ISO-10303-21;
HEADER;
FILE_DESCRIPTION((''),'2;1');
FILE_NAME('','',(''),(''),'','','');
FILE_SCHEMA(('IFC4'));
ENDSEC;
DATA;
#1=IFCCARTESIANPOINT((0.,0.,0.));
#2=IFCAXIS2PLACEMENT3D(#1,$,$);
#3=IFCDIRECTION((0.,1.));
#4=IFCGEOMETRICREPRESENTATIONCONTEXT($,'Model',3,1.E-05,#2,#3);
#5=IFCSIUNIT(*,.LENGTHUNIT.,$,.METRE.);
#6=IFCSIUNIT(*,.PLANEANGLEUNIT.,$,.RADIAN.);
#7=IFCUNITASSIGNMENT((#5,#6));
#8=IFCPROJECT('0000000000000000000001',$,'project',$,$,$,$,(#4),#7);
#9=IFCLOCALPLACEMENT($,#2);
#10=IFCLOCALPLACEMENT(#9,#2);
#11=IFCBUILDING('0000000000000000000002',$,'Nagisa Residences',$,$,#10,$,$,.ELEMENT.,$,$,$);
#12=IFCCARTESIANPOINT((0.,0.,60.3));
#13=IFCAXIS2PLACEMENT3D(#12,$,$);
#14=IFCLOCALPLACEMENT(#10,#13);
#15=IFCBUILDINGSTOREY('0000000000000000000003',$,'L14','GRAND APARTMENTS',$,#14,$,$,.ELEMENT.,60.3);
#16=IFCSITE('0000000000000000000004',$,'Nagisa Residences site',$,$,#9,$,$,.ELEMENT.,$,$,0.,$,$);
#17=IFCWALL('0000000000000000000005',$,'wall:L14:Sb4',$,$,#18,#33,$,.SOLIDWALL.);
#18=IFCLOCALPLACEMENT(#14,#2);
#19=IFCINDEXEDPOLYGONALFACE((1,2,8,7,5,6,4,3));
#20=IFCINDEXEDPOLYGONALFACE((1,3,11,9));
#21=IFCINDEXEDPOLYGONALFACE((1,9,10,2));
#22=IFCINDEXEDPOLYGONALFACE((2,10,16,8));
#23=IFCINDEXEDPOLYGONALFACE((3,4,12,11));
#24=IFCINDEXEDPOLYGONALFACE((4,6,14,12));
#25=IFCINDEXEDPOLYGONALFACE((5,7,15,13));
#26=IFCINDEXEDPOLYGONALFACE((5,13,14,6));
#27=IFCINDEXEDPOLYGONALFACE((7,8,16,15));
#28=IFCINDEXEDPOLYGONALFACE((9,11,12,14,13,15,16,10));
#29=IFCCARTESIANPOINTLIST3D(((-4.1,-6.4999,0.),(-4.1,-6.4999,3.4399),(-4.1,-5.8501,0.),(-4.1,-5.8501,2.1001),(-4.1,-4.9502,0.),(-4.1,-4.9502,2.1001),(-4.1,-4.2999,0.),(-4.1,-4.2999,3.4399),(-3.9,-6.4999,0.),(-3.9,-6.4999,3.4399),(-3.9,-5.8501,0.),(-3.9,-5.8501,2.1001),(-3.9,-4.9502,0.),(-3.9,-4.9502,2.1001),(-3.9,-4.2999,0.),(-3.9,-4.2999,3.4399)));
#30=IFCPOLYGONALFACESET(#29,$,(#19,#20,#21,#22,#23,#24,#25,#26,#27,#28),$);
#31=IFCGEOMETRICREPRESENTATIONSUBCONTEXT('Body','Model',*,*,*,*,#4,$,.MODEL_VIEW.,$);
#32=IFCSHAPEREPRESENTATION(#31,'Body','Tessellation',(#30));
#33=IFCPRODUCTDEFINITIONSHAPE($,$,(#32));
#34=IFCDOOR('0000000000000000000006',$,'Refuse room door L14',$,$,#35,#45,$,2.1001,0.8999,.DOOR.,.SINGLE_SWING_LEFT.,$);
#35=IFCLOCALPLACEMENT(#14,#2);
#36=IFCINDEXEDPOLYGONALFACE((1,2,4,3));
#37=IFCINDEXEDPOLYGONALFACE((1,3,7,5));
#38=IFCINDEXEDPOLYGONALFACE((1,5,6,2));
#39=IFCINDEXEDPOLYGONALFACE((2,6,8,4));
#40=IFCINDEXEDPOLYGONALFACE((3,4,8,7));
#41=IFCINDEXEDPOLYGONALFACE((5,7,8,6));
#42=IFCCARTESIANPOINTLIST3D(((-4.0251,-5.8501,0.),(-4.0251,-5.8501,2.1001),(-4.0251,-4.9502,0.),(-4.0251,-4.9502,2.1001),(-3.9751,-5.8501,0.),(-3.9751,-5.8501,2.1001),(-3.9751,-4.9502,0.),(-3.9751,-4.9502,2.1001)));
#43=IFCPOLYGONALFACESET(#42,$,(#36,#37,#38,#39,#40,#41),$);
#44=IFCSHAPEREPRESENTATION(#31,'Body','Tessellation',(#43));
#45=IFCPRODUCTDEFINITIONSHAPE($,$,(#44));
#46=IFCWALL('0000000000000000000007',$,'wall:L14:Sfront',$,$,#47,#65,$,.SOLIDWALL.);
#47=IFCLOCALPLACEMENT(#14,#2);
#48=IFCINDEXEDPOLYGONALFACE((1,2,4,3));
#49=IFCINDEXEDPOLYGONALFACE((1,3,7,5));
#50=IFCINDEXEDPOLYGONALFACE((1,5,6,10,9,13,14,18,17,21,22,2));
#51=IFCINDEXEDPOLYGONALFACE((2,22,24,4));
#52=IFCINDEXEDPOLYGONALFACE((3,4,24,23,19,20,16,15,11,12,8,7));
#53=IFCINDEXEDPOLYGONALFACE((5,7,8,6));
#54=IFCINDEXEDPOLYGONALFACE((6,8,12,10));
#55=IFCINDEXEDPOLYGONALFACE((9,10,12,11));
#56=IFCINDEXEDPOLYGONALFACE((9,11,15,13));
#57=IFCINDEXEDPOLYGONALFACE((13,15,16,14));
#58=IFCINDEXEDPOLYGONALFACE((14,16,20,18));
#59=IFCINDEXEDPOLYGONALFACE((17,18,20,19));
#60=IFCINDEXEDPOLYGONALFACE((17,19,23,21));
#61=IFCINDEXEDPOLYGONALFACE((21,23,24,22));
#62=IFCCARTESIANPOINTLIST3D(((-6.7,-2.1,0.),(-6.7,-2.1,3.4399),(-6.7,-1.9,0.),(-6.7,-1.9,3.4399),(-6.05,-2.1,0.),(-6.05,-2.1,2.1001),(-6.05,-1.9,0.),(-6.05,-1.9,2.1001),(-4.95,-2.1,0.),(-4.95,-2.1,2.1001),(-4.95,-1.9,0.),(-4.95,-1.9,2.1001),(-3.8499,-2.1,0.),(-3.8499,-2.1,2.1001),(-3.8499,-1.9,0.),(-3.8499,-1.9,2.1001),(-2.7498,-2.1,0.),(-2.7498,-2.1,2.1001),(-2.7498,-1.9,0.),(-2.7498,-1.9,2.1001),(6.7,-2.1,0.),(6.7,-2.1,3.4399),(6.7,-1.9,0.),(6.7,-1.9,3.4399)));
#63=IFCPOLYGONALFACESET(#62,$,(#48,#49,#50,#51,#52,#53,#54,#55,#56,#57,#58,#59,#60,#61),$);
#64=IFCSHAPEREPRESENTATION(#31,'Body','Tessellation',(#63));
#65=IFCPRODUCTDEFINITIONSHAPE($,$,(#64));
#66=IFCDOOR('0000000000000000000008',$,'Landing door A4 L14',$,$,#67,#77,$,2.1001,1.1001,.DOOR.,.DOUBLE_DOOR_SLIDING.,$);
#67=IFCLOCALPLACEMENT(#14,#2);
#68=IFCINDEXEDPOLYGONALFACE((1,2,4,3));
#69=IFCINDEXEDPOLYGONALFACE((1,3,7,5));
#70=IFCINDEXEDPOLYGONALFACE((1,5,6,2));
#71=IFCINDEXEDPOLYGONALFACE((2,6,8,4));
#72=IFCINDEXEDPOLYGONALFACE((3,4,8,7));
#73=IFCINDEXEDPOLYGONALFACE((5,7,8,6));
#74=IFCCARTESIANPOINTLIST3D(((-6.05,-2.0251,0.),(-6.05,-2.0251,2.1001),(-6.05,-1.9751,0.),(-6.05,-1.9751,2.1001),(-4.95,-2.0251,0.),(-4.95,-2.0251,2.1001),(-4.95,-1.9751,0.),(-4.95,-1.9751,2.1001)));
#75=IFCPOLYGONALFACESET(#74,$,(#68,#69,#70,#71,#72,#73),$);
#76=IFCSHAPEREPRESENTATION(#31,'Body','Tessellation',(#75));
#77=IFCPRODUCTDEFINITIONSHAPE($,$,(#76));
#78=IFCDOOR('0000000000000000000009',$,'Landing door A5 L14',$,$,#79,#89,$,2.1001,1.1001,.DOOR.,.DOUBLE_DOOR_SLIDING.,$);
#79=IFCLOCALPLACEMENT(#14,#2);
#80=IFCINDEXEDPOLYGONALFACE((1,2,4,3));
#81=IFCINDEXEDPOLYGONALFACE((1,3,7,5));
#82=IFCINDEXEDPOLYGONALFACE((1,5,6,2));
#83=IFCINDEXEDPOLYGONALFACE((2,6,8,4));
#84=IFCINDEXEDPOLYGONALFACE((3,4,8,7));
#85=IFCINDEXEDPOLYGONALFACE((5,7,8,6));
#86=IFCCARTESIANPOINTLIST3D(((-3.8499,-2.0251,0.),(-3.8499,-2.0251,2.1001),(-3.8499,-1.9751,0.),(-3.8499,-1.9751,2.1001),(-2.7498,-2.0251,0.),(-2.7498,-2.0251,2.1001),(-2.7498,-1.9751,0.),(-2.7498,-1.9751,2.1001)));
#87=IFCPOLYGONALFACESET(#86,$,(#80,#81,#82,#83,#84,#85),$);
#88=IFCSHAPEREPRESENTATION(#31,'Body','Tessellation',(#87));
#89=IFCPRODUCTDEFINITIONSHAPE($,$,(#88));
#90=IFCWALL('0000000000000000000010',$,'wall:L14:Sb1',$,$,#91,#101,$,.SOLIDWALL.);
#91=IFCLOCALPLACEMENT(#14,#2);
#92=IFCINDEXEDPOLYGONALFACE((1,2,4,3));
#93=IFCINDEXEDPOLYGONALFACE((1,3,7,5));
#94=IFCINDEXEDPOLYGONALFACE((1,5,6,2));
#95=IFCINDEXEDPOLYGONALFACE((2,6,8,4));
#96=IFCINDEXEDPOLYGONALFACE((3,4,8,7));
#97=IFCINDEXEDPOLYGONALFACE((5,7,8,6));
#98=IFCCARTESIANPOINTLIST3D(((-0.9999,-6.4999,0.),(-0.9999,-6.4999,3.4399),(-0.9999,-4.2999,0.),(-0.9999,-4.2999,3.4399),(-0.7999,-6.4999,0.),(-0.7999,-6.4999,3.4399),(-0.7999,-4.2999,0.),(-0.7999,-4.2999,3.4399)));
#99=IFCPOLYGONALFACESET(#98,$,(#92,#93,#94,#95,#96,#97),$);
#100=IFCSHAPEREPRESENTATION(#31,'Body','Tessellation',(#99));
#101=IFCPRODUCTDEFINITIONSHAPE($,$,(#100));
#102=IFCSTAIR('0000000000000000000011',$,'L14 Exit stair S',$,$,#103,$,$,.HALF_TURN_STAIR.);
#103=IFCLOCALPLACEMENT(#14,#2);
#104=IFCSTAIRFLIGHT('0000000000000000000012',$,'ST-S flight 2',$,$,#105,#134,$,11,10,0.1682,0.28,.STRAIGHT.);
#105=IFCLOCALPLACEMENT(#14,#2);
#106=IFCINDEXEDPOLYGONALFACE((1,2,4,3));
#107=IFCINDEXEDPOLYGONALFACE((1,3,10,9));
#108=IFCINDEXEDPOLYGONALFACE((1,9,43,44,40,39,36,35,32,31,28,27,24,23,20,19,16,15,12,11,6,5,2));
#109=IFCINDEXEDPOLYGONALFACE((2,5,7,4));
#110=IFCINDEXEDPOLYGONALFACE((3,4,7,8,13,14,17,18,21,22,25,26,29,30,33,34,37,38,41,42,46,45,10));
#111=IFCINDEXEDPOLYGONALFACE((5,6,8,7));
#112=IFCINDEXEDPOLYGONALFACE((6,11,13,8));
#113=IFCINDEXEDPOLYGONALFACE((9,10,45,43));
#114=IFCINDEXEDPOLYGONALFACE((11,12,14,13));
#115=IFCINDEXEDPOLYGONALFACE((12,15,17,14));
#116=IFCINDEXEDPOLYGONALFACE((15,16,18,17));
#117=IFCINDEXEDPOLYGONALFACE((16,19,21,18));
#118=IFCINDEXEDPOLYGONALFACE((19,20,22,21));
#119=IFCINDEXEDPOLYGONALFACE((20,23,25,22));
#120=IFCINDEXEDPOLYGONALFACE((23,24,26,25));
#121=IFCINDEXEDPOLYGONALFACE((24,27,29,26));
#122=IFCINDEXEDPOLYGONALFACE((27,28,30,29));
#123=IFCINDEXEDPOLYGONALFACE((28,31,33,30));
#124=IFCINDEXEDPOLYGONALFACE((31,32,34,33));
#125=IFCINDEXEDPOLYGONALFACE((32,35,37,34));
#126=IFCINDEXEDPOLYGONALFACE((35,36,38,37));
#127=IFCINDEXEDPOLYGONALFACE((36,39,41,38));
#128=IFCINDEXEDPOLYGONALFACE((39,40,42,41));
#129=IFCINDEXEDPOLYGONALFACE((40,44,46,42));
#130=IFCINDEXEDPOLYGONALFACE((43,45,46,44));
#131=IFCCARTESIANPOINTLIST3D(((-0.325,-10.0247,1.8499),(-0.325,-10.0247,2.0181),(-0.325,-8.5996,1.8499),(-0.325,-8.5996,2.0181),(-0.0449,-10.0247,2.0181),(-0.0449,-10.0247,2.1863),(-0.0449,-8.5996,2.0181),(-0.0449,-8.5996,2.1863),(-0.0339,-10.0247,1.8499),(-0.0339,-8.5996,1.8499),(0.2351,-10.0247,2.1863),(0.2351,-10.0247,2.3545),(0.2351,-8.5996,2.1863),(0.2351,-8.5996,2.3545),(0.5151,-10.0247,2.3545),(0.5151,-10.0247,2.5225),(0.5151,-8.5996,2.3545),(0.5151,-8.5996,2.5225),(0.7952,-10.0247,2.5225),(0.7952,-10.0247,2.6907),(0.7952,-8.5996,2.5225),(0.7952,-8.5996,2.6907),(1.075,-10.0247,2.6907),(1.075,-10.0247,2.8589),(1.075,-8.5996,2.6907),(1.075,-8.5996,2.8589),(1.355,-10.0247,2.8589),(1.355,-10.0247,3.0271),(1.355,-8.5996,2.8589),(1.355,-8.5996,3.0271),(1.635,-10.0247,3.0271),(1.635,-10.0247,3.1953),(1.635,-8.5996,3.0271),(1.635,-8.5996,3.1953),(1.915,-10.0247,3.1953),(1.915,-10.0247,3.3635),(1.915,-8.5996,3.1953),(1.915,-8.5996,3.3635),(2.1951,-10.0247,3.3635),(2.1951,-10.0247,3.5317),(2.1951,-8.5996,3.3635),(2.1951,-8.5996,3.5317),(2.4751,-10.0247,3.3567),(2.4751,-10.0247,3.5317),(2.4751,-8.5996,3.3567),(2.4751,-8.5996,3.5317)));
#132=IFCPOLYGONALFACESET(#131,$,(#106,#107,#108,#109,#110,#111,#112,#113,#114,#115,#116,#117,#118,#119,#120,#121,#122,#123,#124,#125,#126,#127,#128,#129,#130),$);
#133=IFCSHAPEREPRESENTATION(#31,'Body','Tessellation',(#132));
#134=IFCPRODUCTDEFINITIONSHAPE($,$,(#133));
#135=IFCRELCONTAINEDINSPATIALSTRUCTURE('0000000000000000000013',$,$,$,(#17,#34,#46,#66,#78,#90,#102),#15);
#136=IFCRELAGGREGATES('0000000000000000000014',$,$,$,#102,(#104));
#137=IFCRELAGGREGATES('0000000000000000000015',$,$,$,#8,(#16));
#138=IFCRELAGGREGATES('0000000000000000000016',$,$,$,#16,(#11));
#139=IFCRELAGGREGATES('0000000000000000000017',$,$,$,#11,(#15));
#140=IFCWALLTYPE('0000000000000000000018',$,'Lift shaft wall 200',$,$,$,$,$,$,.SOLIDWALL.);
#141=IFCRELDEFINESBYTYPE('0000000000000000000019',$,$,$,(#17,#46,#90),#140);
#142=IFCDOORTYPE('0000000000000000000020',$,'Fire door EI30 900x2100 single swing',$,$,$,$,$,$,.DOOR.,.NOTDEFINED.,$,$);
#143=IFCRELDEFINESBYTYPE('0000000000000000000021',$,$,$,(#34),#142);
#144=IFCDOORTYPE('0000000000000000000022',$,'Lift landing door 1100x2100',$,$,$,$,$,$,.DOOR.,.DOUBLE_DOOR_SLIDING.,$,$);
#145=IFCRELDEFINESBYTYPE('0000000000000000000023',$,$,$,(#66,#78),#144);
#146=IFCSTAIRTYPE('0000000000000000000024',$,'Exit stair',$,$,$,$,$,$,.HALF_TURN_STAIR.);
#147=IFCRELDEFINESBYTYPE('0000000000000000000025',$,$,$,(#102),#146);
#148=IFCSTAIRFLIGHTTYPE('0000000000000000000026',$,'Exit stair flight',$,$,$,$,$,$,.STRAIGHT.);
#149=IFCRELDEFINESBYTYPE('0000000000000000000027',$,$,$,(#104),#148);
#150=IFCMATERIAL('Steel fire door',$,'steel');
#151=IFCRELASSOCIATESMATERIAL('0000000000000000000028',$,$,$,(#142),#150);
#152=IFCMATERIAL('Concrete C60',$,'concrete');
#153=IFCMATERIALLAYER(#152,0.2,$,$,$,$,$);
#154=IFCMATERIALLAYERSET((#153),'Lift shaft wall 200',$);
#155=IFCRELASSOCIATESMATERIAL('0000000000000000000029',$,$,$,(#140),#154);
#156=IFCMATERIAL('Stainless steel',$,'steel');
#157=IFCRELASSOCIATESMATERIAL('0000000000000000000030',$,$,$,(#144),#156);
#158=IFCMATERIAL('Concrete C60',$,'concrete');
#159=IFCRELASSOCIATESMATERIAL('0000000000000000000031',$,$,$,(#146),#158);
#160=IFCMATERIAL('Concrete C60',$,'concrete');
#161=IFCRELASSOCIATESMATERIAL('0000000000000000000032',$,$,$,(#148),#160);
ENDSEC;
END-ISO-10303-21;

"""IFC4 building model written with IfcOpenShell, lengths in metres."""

from ifc_helpers import new_model, si_unit, direction, frame, frame_2d, origin, place, context, subcontext, project, spatial, polyline, rectangle, outline, extrude, material, layer, layer_set, type_object, element, fill, aggregate, save


model = new_model("IFC4")

# Units and contexts
model_context = context("Model", 3, precision=1e-05, world=origin(), true_north=direction((0.0, 1.0)))
body_context = subcontext(model_context, "Body", "Model", "MODEL_VIEW")
ifc_project = project(units=[si_unit("LENGTHUNIT", "METRE"), si_unit("PLANEANGLEUNIT", "RADIAN")], contexts=[model_context])

# Site, building, storey
site_placement = place(None, origin())
site = spatial("IfcSite", under=ifc_project, at=site_placement, Name="Nagisa Residences site", CompositionType="ELEMENT", RefElevation=0.0)
building_placement = place(site_placement, origin())
building = spatial("IfcBuilding", under=site, at=building_placement, Name="Nagisa Residences", CompositionType="ELEMENT")
storey_placement = place(building_placement, frame((0.0, 0.0, 60.3)))
storey = spatial("IfcBuildingStorey", under=building, at=storey_placement, Name="L14", Description="GRAND APARTMENTS", CompositionType="ELEMENT", Elevation=60.3)

# Shared definitions
ifc_material_1 = material(Name="Steel fire door", Category="steel")
door_type_1 = type_object("IfcDoorType", Name="Fire door EI30 900x2100 single swing", OperationType="NOTDEFINED", PredefinedType="DOOR", material=ifc_material_1)

# Wall, opening, door
ifc_material_2 = material(Name="Concrete C60", Category="concrete")
ifc_layer_1 = layer(ifc_material_2, 0.2)
ifc_layer_set_1 = layer_set([ifc_layer_1], Name="Lift shaft wall 200")
wall_type_1 = type_object("IfcWallType", Name="Lift shaft wall 200", PredefinedType="SOLIDWALL", material=ifc_layer_set_1)
wall_1_placement = place(storey_placement, frame((-4.0, -6.5, 0.0), z_axis=(0.0, 0.0, 1.0), x_axis=(0.0, 1.0, 0.0)))
wall_1 = element("IfcWall", 1, at=wall_1_placement, inside=storey, type_object=wall_type_1, Name="wall:L14:Sb4", PredefinedType="SOLIDWALL", context=body_context, shape_type="SweptSolid", body=[
    extrude(rectangle(XDim=2.2, YDim=0.2, at=frame_2d((1.1001, 0.0))), origin(), (0.0, 0.0, 1.0), 3.4399),
])
opening_1_placement = place(wall_1_placement, frame((0.6499, 0.0, 0.0)))
opening_1 = element("IfcOpeningElement", 2, at=opening_1_placement, cuts=wall_1, PredefinedType="OPENING", context=body_context, shape_type="SweptSolid", body=[
    extrude(rectangle(XDim=0.8999, YDim=2.1001, at=frame_2d((0.45, 1.05))), frame((0.0, 0.1099, 0.0), z_axis=(0.0, -1.0, 0.0), x_axis=(1.0, 0.0, 0.0)), (0.0, 0.0, 1.0), 0.22),
])
door_1_placement = place(opening_1_placement, frame((0.8999, 0.0, 0.0), x_axis=(-1.0, 0.0, 0.0)))
door_1 = element("IfcDoor", 3, at=door_1_placement, inside=storey, type_object=door_type_1, Name="Refuse room door L14", OperationType="SINGLE_SWING_LEFT", OverallHeight=2.1001, OverallWidth=0.8999, PredefinedType="DOOR", context=body_context, shape_type="SweptSolid", body=[
    extrude(rectangle(XDim=0.8999, YDim=2.1001, at=frame_2d((0.45, 1.05))), frame((0.0, 0.0249, 0.0), z_axis=(0.0, -1.0, 0.0), x_axis=(1.0, 0.0, 0.0)), (0.0, 0.0, 1.0), 0.05),
])
fill(opening_1, door_1)

# Wall, openings, doors
wall_2_placement = place(storey_placement, frame((-6.7, -2.0, 0.0), z_axis=(0.0, 0.0, 1.0), x_axis=(1.0, 0.0, 0.0)))
wall_2 = element("IfcWall", 4, at=wall_2_placement, inside=storey, type_object=wall_type_1, Name="wall:L14:Sfront", PredefinedType="SOLIDWALL", context=body_context, shape_type="SweptSolid", body=[
    extrude(rectangle(XDim=13.3999, YDim=0.2, at=frame_2d((6.7, 0.0))), origin(), (0.0, 0.0, 1.0), 3.4399),
])
opening_2_placement = place(wall_2_placement, frame((0.6499, 0.0, 0.0)))
opening_2 = element("IfcOpeningElement", 5, at=opening_2_placement, cuts=wall_2, PredefinedType="OPENING", context=body_context, shape_type="SweptSolid", body=[
    extrude(rectangle(XDim=1.1001, YDim=2.1001, at=frame_2d((0.55, 1.05))), frame((0.0, 0.1099, 0.0), z_axis=(0.0, -1.0, 0.0), x_axis=(1.0, 0.0, 0.0)), (0.0, 0.0, 1.0), 0.22),
])
opening_3_placement = place(wall_2_placement, frame((2.8501, 0.0, 0.0)))
opening_3 = element("IfcOpeningElement", 6, at=opening_3_placement, cuts=wall_2, PredefinedType="OPENING", context=body_context, shape_type="SweptSolid", body=[
    extrude(rectangle(XDim=1.1001, YDim=2.1001, at=frame_2d((0.55, 1.05))), frame((0.0, 0.1099, 0.0), z_axis=(0.0, -1.0, 0.0), x_axis=(1.0, 0.0, 0.0)), (0.0, 0.0, 1.0), 0.22),
])
ifc_material_3 = material(Name="Stainless steel", Category="steel")
door_type_2 = type_object("IfcDoorType", Name="Lift landing door 1100x2100", OperationType="DOUBLE_DOOR_SLIDING", PredefinedType="DOOR", material=ifc_material_3)
door_2_placement = place(opening_2_placement, origin())
door_2 = element("IfcDoor", 7, at=door_2_placement, inside=storey, type_object=door_type_2, Name="Landing door A4 L14", OperationType="DOUBLE_DOOR_SLIDING", OverallHeight=2.1001, OverallWidth=1.1001, PredefinedType="DOOR", context=body_context, shape_type="SweptSolid", body=[
    extrude(rectangle(XDim=1.1001, YDim=2.1001, at=frame_2d((0.55, 1.05))), frame((0.0, 0.0249, 0.0), z_axis=(0.0, -1.0, 0.0), x_axis=(1.0, 0.0, 0.0)), (0.0, 0.0, 1.0), 0.05),
])
fill(opening_2, door_2)
door_3_placement = place(opening_3_placement, origin())
door_3 = element("IfcDoor", 8, at=door_3_placement, inside=storey, type_object=door_type_2, Name="Landing door A5 L14", OperationType="DOUBLE_DOOR_SLIDING", OverallHeight=2.1001, OverallWidth=1.1001, PredefinedType="DOOR", context=body_context, shape_type="SweptSolid", body=[
    extrude(rectangle(XDim=1.1001, YDim=2.1001, at=frame_2d((0.55, 1.05))), frame((0.0, 0.0249, 0.0), z_axis=(0.0, -1.0, 0.0), x_axis=(1.0, 0.0, 0.0)), (0.0, 0.0, 1.0), 0.05),
])
fill(opening_3, door_3)

# Wall
wall_3_placement = place(storey_placement, frame((-0.8999, -6.5, 0.0), z_axis=(0.0, 0.0, 1.0), x_axis=(0.0, 1.0, 0.0)))
element("IfcWall", 9, at=wall_3_placement, inside=storey, type_object=wall_type_1, Name="wall:L14:Sb1", PredefinedType="SOLIDWALL", context=body_context, shape_type="SweptSolid", body=[
    extrude(rectangle(XDim=2.2, YDim=0.2, at=frame_2d((1.1001, 0.0))), origin(), (0.0, 0.0, 1.0), 3.4399),
])

# Stair, stair flight
ifc_material_4 = material(Name="Concrete C60", Category="concrete")
stair_type = type_object("IfcStairType", Name="Exit stair", PredefinedType="HALF_TURN_STAIR", material=ifc_material_4)
stair_placement = place(storey_placement, origin())
stair = element("IfcStair", 10, at=stair_placement, inside=storey, type_object=stair_type, Name="L14 Exit stair S", PredefinedType="HALF_TURN_STAIR")
ifc_material_5 = material(Name="Concrete C60", Category="concrete")
stair_flight_type = type_object("IfcStairFlightType", Name="Exit stair flight", PredefinedType="STRAIGHT", material=ifc_material_5)
stair_flight_placement = place(storey_placement, frame((-0.325, -9.312, 1.8499), z_axis=(0.0, 0.0, 1.0), x_axis=(1.0, 0.0, 0.0)))
stair_flight = element("IfcStairFlight", 11, at=stair_flight_placement, type_object=stair_flight_type, Name="ST-S flight 2", NumberOfRisers=11, NumberOfTreads=10, PredefinedType="STRAIGHT", RiserHeight=0.1682, TreadLength=0.28, context=body_context, shape_type="SweptSolid", body=[
    extrude(outline(polyline([(0.0, 0.0), (0.0, 0.1682), (0.28, 0.1682), (0.28, 0.3364), (0.5601, 0.3364), (0.5601, 0.5046), (0.8401, 0.5046), (0.8401, 0.6726), (1.1201, 0.6726), (1.1201, 0.8408), (1.3999, 0.8408), (1.3999, 1.009), (1.6799, 1.009), (1.6799, 1.1772), (1.96, 1.1772), (1.96, 1.3455), (2.24, 1.3455), (2.24, 1.5137), (2.52, 1.5137), (2.52, 1.6819), (2.8, 1.6819), (2.8, 1.8501), (2.8, 1.5068), (0.291, 0.0), (0.0, 0.0)])), frame((0.0, 0.7124, 0.0), z_axis=(0.0, -1.0, 0.0), x_axis=(1.0, 0.0, 0.0)), (0.0, 0.0, 1.0), 1.425),
])
aggregate(stair, [stair_flight])

save(model, "model.ifc")
